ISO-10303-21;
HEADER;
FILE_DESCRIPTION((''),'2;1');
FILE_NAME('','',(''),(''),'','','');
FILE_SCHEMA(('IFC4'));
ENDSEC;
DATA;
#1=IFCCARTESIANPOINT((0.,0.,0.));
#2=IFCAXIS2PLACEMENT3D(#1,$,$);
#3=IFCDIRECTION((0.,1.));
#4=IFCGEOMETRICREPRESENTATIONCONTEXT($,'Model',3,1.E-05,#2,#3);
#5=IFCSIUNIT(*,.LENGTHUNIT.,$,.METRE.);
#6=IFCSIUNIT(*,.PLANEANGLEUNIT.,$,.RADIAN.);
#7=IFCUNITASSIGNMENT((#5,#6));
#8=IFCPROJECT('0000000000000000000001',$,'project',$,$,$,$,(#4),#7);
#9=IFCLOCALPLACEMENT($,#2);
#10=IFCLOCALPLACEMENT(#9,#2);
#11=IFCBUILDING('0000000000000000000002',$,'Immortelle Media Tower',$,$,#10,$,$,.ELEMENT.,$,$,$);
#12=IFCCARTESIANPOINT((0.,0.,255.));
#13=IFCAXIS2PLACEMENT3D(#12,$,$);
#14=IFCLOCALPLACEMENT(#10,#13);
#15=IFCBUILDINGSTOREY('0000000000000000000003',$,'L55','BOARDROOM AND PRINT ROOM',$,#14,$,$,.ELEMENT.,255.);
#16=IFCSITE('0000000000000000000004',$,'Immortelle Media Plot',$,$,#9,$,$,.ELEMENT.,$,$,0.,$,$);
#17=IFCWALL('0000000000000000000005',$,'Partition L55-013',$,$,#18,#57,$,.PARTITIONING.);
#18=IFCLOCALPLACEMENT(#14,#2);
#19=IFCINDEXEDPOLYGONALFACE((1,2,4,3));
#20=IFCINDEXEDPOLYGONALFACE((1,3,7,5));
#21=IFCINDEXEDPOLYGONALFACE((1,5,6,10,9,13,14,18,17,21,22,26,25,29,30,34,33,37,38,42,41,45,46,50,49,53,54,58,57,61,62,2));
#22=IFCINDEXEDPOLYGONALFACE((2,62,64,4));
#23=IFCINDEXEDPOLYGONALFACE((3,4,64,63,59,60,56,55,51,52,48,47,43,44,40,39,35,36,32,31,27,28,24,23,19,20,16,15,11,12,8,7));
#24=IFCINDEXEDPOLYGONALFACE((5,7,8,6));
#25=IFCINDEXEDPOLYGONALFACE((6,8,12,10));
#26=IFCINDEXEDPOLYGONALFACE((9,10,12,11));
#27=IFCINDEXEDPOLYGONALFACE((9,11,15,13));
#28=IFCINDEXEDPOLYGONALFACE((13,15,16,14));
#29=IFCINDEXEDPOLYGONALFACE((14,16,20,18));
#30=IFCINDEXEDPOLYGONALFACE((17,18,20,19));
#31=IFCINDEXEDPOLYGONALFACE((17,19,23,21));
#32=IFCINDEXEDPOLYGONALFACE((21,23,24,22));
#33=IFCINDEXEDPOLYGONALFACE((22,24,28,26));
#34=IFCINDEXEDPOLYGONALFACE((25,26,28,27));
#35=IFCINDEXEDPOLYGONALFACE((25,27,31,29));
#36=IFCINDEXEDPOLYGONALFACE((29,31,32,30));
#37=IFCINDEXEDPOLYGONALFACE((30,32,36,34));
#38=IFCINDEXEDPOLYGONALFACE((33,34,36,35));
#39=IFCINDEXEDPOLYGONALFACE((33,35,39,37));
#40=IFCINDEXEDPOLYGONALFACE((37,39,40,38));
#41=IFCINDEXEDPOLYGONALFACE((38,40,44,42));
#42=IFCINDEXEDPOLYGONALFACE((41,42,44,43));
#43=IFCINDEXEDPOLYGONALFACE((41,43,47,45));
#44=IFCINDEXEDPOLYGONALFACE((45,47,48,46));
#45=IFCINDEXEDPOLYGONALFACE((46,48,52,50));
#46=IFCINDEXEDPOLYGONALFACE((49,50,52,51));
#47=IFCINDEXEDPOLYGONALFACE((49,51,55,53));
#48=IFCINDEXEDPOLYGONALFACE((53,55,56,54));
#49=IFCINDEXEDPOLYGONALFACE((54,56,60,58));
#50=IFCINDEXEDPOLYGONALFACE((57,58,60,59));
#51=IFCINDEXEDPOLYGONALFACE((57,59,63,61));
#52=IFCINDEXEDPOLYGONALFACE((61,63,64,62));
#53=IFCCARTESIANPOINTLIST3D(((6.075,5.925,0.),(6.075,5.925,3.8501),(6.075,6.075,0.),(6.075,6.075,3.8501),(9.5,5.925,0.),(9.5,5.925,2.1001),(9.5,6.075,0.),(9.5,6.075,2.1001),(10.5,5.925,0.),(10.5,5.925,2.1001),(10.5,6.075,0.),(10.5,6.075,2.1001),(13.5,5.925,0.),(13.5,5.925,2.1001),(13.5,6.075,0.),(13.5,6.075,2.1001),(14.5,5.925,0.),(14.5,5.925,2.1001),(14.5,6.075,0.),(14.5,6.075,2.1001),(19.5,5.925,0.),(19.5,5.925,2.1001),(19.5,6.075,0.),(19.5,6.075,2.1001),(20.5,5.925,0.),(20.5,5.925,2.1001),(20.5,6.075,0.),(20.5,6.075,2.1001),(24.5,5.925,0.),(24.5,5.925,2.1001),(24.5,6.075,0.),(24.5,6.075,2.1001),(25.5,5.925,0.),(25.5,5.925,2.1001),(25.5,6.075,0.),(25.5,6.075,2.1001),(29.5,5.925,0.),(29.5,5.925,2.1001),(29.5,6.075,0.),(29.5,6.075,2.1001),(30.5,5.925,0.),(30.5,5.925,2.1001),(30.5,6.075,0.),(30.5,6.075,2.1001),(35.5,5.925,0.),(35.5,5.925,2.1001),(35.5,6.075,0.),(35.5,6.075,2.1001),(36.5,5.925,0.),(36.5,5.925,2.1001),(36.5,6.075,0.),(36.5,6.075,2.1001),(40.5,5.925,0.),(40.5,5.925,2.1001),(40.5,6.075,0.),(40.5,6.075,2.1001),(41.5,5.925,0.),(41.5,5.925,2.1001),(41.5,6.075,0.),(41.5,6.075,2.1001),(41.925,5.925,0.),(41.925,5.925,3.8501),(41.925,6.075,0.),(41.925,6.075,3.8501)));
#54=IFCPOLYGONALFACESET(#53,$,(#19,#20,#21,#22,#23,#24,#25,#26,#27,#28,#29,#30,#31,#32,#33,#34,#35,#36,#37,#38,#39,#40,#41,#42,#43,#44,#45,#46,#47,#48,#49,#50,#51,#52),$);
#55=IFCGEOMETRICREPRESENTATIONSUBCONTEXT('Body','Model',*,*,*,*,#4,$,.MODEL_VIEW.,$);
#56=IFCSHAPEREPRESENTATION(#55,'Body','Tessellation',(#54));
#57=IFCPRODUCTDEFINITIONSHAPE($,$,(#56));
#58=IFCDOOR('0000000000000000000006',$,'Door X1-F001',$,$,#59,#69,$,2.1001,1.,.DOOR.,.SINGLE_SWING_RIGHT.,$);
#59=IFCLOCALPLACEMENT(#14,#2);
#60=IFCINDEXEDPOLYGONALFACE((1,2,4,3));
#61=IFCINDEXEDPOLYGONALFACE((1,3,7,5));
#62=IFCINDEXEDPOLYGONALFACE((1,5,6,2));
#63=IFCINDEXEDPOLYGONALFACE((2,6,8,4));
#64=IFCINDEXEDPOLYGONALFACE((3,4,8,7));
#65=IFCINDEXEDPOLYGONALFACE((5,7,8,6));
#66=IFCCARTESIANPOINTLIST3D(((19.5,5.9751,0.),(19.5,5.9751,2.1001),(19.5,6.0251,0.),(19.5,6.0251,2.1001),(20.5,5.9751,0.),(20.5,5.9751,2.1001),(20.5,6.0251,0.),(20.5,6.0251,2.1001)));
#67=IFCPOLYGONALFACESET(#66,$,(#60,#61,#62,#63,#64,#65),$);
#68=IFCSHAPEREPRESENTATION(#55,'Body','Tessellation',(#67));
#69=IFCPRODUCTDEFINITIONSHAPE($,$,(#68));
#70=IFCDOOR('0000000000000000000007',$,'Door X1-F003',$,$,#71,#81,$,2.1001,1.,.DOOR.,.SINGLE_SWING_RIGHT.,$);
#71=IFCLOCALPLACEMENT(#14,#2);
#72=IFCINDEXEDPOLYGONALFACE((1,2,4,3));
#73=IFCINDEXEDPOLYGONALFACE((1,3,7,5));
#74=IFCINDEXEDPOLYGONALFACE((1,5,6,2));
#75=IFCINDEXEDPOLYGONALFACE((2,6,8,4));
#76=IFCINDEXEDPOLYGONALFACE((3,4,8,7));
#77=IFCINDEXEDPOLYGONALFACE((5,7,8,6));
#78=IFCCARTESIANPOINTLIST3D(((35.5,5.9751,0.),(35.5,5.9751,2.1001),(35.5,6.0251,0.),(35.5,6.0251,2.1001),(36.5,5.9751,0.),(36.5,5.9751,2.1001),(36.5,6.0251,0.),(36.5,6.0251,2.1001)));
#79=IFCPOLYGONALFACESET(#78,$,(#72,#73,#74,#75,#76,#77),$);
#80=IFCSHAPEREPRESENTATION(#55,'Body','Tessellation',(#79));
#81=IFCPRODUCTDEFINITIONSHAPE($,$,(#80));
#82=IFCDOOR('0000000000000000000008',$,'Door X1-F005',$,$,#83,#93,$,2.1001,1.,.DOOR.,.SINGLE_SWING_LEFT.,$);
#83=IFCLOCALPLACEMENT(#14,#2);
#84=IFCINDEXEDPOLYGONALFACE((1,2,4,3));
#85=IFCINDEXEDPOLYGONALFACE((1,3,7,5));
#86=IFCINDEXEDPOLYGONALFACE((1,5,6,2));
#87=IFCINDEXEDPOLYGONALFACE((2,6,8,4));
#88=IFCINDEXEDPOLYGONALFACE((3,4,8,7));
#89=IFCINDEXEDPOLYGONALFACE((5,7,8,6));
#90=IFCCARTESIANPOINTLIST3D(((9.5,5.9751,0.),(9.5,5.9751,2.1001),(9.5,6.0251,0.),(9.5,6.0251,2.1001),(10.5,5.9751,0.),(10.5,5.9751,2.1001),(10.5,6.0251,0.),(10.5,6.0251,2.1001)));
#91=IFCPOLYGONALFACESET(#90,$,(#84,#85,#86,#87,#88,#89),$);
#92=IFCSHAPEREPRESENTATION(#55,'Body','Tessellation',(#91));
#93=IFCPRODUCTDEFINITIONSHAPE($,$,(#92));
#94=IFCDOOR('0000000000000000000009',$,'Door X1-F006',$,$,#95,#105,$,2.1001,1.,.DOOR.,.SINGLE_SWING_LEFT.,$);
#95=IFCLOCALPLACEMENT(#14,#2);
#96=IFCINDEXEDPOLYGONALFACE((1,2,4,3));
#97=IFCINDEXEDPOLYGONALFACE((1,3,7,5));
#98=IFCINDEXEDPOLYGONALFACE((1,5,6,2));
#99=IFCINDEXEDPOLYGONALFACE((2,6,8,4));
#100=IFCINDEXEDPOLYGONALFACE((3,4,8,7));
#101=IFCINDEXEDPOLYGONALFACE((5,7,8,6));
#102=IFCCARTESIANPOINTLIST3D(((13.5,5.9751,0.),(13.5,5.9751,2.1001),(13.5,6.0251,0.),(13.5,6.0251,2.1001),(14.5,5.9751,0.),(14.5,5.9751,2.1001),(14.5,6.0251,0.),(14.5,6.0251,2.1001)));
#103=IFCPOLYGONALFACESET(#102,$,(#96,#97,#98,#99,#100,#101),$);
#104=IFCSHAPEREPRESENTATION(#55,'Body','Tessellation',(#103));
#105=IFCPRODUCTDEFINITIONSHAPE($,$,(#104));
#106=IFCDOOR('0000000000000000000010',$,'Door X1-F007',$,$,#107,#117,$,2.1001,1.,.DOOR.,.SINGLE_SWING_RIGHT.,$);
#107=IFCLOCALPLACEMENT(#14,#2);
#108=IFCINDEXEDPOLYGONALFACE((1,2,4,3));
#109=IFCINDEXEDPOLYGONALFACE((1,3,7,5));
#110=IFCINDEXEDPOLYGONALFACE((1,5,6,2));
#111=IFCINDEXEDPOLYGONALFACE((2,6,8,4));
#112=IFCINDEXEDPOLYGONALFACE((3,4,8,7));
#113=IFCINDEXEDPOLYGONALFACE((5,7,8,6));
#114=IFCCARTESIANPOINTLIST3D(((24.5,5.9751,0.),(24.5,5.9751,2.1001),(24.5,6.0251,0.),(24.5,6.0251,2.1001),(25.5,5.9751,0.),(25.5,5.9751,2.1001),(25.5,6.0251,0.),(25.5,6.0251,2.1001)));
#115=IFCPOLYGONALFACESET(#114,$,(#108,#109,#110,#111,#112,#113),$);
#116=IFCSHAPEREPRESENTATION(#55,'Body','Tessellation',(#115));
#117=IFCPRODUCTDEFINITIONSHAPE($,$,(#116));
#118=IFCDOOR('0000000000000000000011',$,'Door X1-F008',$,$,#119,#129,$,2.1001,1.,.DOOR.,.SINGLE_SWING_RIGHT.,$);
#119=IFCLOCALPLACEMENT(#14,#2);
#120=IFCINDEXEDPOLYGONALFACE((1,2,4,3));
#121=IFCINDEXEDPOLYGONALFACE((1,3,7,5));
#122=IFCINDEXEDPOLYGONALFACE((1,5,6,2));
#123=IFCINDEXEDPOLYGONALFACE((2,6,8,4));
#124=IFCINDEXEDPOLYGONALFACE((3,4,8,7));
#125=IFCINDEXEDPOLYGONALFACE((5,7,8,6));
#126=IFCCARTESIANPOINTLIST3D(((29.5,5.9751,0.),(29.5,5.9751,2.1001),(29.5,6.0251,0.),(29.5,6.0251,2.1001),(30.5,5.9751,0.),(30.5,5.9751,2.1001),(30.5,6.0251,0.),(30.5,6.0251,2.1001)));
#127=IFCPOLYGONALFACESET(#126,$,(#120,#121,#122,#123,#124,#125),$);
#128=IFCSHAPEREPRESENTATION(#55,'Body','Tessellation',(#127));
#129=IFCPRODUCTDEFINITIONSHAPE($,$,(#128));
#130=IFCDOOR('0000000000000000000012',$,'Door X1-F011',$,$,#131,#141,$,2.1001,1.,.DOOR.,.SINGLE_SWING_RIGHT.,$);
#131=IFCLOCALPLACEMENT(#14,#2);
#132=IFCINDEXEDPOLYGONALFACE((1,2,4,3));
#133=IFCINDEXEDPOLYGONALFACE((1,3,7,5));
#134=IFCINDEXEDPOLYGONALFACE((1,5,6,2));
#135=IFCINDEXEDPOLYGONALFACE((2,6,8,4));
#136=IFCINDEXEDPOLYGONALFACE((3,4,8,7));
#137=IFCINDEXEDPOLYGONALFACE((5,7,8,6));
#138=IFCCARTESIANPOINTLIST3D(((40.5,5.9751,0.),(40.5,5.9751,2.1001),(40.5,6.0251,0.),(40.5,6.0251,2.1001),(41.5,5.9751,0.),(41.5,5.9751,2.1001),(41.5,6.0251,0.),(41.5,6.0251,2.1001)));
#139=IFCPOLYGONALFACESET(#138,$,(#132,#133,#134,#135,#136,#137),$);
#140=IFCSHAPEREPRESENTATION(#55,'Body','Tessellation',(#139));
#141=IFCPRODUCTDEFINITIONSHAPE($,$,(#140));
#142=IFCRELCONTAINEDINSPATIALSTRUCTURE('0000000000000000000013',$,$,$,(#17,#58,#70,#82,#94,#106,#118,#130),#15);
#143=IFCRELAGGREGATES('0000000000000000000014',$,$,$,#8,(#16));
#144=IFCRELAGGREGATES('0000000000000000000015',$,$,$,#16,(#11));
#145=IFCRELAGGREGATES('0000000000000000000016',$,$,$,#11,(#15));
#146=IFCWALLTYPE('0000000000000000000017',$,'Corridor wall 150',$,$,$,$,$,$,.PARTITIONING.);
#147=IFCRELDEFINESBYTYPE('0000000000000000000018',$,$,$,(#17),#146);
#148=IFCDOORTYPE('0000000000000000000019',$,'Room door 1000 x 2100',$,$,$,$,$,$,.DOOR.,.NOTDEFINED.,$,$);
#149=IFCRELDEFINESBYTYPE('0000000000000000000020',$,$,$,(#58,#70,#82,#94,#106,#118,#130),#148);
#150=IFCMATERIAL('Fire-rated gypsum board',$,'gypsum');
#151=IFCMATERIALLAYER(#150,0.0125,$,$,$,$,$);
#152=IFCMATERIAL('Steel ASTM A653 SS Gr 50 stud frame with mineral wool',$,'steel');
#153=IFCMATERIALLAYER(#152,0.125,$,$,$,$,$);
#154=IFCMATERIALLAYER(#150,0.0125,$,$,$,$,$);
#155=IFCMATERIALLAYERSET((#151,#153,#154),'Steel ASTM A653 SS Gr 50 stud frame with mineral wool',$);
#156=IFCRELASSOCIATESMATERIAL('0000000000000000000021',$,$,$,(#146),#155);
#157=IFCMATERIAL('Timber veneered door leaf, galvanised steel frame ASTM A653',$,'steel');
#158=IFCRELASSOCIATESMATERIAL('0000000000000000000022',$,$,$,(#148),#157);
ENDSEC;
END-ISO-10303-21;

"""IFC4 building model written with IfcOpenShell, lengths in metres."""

from ifc_helpers import new_model, si_unit, direction, frame, frame_2d, origin, place, context, subcontext, project, spatial, rectangle, extrude, material, layer, layer_set, type_object, element, fill, save


model = new_model("IFC4")

# Units and contexts
model_context = context("Model", 3, precision=1e-05, world=origin(), true_north=direction((0.0, 1.0)))
body_context = subcontext(model_context, "Body", "Model", "MODEL_VIEW")
ifc_project = project(units=[si_unit("LENGTHUNIT", "METRE"), si_unit("PLANEANGLEUNIT", "RADIAN")], contexts=[model_context])

# Site, building, storey
site_placement = place(None, origin())
site = spatial("IfcSite", under=ifc_project, at=site_placement, Name="Immortelle Media Plot", CompositionType="ELEMENT", RefElevation=0.0)
building_placement = place(site_placement, origin())
building = spatial("IfcBuilding", under=site, at=building_placement, Name="Immortelle Media Tower", CompositionType="ELEMENT")
storey_placement = place(building_placement, frame((0.0, 0.0, 255.0)))
storey = spatial("IfcBuildingStorey", under=building, at=storey_placement, Name="L55", Description="BOARDROOM AND PRINT ROOM", CompositionType="ELEMENT", Elevation=255.0)

# Wall, openings, doors
ifc_material_1 = material(Name="Fire-rated gypsum board", Category="gypsum")
ifc_layer_1 = layer(ifc_material_1, 0.0125)
ifc_material_2 = material(Name="Steel ASTM A653 SS Gr 50 stud frame with mineral wool", Category="steel")
ifc_layer_2 = layer(ifc_material_2, 0.125)
ifc_layer_3 = layer(ifc_material_1, 0.0125)
ifc_layer_set_1 = layer_set([ifc_layer_1, ifc_layer_2, ifc_layer_3], Name="Steel ASTM A653 SS Gr 50 stud frame with mineral wool")
wall_type_1 = type_object("IfcWallType", Name="Corridor wall 150", PredefinedType="PARTITIONING", material=ifc_layer_set_1)
wall_1_placement = place(storey_placement, frame((6.075, 6.0, 0.0), z_axis=(0.0, 0.0, 1.0), x_axis=(1.0, 0.0, 0.0)))
wall_1 = element("IfcWall", 1, at=wall_1_placement, inside=storey, type_object=wall_type_1, Name="Partition L55-013", PredefinedType="PARTITIONING", context=body_context, shape_type="SweptSolid", body=[
    extrude(rectangle(XDim=35.8501, YDim=0.1499, at=frame_2d((17.925, 0.0))), origin(), (0.0, 0.0, 1.0), 3.8501),
])
opening_1_placement = place(wall_1_placement, frame((14.425, 0.0, 0.0), z_axis=(0.0, 0.0, 1.0), x_axis=(-1.0, 0.0, 0.0)))
opening_1 = element("IfcOpeningElement", 2, at=opening_1_placement, cuts=wall_1, PredefinedType="OPENING", context=body_context, shape_type="SweptSolid", body=[
    extrude(rectangle(XDim=1.0, YDim=2.1001, at=frame_2d((0.5, 1.05))), frame((0.0, 0.085, 0.0), z_axis=(0.0, -1.0, 0.0), x_axis=(1.0, 0.0, 0.0)), (0.0, 0.0, 1.0), 0.1699),
])
opening_2_placement = place(wall_1_placement, frame((30.425, 0.0, 0.0), z_axis=(0.0, 0.0, 1.0), x_axis=(-1.0, 0.0, 0.0)))
opening_2 = element("IfcOpeningElement", 3, at=opening_2_placement, cuts=wall_1, PredefinedType="OPENING", context=body_context, shape_type="SweptSolid", body=[
    extrude(rectangle(XDim=1.0, YDim=2.1001, at=frame_2d((0.5, 1.05))), frame((0.0, 0.085, 0.0), z_axis=(0.0, -1.0, 0.0), x_axis=(1.0, 0.0, 0.0)), (0.0, 0.0, 1.0), 0.1699),
])
opening_3_placement = place(wall_1_placement, frame((4.425, 0.0, 0.0), z_axis=(0.0, 0.0, 1.0), x_axis=(-1.0, 0.0, 0.0)))
opening_3 = element("IfcOpeningElement", 4, at=opening_3_placement, cuts=wall_1, PredefinedType="OPENING", context=body_context, shape_type="SweptSolid", body=[
    extrude(rectangle(XDim=1.0, YDim=2.1001, at=frame_2d((0.5, 1.05))), frame((0.0, 0.085, 0.0), z_axis=(0.0, -1.0, 0.0), x_axis=(1.0, 0.0, 0.0)), (0.0, 0.0, 1.0), 0.1699),
])
opening_4_placement = place(wall_1_placement, frame((8.425, 0.0, 0.0), z_axis=(0.0, 0.0, 1.0), x_axis=(-1.0, 0.0, 0.0)))
opening_4 = element("IfcOpeningElement", 5, at=opening_4_placement, cuts=wall_1, PredefinedType="OPENING", context=body_context, shape_type="SweptSolid", body=[
    extrude(rectangle(XDim=1.0, YDim=2.1001, at=frame_2d((0.5, 1.05))), frame((0.0, 0.085, 0.0), z_axis=(0.0, -1.0, 0.0), x_axis=(1.0, 0.0, 0.0)), (0.0, 0.0, 1.0), 0.1699),
])
opening_5_placement = place(wall_1_placement, frame((19.425, 0.0, 0.0), z_axis=(0.0, 0.0, 1.0), x_axis=(-1.0, 0.0, 0.0)))
opening_5 = element("IfcOpeningElement", 6, at=opening_5_placement, cuts=wall_1, PredefinedType="OPENING", context=body_context, shape_type="SweptSolid", body=[
    extrude(rectangle(XDim=1.0, YDim=2.1001, at=frame_2d((0.5, 1.05))), frame((0.0, 0.085, 0.0), z_axis=(0.0, -1.0, 0.0), x_axis=(1.0, 0.0, 0.0)), (0.0, 0.0, 1.0), 0.1699),
])
opening_6_placement = place(wall_1_placement, frame((24.425, 0.0, 0.0), z_axis=(0.0, 0.0, 1.0), x_axis=(-1.0, 0.0, 0.0)))
opening_6 = element("IfcOpeningElement", 7, at=opening_6_placement, cuts=wall_1, PredefinedType="OPENING", context=body_context, shape_type="SweptSolid", body=[
    extrude(rectangle(XDim=1.0, YDim=2.1001, at=frame_2d((0.5, 1.05))), frame((0.0, 0.085, 0.0), z_axis=(0.0, -1.0, 0.0), x_axis=(1.0, 0.0, 0.0)), (0.0, 0.0, 1.0), 0.1699),
])
opening_7_placement = place(wall_1_placement, frame((35.425, 0.0, 0.0), z_axis=(0.0, 0.0, 1.0), x_axis=(-1.0, 0.0, 0.0)))
opening_7 = element("IfcOpeningElement", 8, at=opening_7_placement, cuts=wall_1, PredefinedType="OPENING", context=body_context, shape_type="SweptSolid", body=[
    extrude(rectangle(XDim=1.0, YDim=2.1001, at=frame_2d((0.5, 1.05))), frame((0.0, 0.085, 0.0), z_axis=(0.0, -1.0, 0.0), x_axis=(1.0, 0.0, 0.0)), (0.0, 0.0, 1.0), 0.1699),
])
ifc_material_3 = material(Name="Timber veneered door leaf, galvanised steel frame ASTM A653", Category="steel")
door_type = type_object("IfcDoorType", Name="Room door 1000 x 2100", OperationType="NOTDEFINED", PredefinedType="DOOR", material=ifc_material_3)
door_1_placement = place(opening_1_placement, origin())
door_1 = element("IfcDoor", 9, at=door_1_placement, inside=storey, type_object=door_type, Name="Door X1-F001", OperationType="SINGLE_SWING_RIGHT", OverallHeight=2.1001, OverallWidth=1.0, PredefinedType="DOOR", context=body_context, shape_type="SweptSolid", body=[
    extrude(rectangle(XDim=1.0, YDim=2.1001, at=frame_2d((0.5, 1.05))), frame((0.0, 0.0249, 0.0), z_axis=(0.0, -1.0, 0.0), x_axis=(1.0, 0.0, 0.0)), (0.0, 0.0, 1.0), 0.05),
])
fill(opening_1, door_1)
door_2_placement = place(opening_2_placement, origin())
door_2 = element("IfcDoor", 10, at=door_2_placement, inside=storey, type_object=door_type, Name="Door X1-F003", OperationType="SINGLE_SWING_RIGHT", OverallHeight=2.1001, OverallWidth=1.0, PredefinedType="DOOR", context=body_context, shape_type="SweptSolid", body=[
    extrude(rectangle(XDim=1.0, YDim=2.1001, at=frame_2d((0.5, 1.05))), frame((0.0, 0.0249, 0.0), z_axis=(0.0, -1.0, 0.0), x_axis=(1.0, 0.0, 0.0)), (0.0, 0.0, 1.0), 0.05),
])
fill(opening_2, door_2)
door_3_placement = place(opening_3_placement, origin())
door_3 = element("IfcDoor", 11, at=door_3_placement, inside=storey, type_object=door_type, Name="Door X1-F005", OperationType="SINGLE_SWING_LEFT", OverallHeight=2.1001, OverallWidth=1.0, PredefinedType="DOOR", context=body_context, shape_type="SweptSolid", body=[
    extrude(rectangle(XDim=1.0, YDim=2.1001, at=frame_2d((0.5, 1.05))), frame((0.0, 0.0249, 0.0), z_axis=(0.0, -1.0, 0.0), x_axis=(1.0, 0.0, 0.0)), (0.0, 0.0, 1.0), 0.05),
])
fill(opening_3, door_3)
door_4_placement = place(opening_4_placement, origin())
door_4 = element("IfcDoor", 12, at=door_4_placement, inside=storey, type_object=door_type, Name="Door X1-F006", OperationType="SINGLE_SWING_LEFT", OverallHeight=2.1001, OverallWidth=1.0, PredefinedType="DOOR", context=body_context, shape_type="SweptSolid", body=[
    extrude(rectangle(XDim=1.0, YDim=2.1001, at=frame_2d((0.5, 1.05))), frame((0.0, 0.0249, 0.0), z_axis=(0.0, -1.0, 0.0), x_axis=(1.0, 0.0, 0.0)), (0.0, 0.0, 1.0), 0.05),
])
fill(opening_4, door_4)
door_5_placement = place(opening_5_placement, origin())
door_5 = element("IfcDoor", 13, at=door_5_placement, inside=storey, type_object=door_type, Name="Door X1-F007", OperationType="SINGLE_SWING_RIGHT", OverallHeight=2.1001, OverallWidth=1.0, PredefinedType="DOOR", context=body_context, shape_type="SweptSolid", body=[
    extrude(rectangle(XDim=1.0, YDim=2.1001, at=frame_2d((0.5, 1.05))), frame((0.0, 0.0249, 0.0), z_axis=(0.0, -1.0, 0.0), x_axis=(1.0, 0.0, 0.0)), (0.0, 0.0, 1.0), 0.05),
])
fill(opening_5, door_5)
door_6_placement = place(opening_6_placement, origin())
door_6 = element("IfcDoor", 14, at=door_6_placement, inside=storey, type_object=door_type, Name="Door X1-F008", OperationType="SINGLE_SWING_RIGHT", OverallHeight=2.1001, OverallWidth=1.0, PredefinedType="DOOR", context=body_context, shape_type="SweptSolid", body=[
    extrude(rectangle(XDim=1.0, YDim=2.1001, at=frame_2d((0.5, 1.05))), frame((0.0, 0.0249, 0.0), z_axis=(0.0, -1.0, 0.0), x_axis=(1.0, 0.0, 0.0)), (0.0, 0.0, 1.0), 0.05),
])
fill(opening_6, door_6)
door_7_placement = place(opening_7_placement, origin())
door_7 = element("IfcDoor", 15, at=door_7_placement, inside=storey, type_object=door_type, Name="Door X1-F011", OperationType="SINGLE_SWING_RIGHT", OverallHeight=2.1001, OverallWidth=1.0, PredefinedType="DOOR", context=body_context, shape_type="SweptSolid", body=[
    extrude(rectangle(XDim=1.0, YDim=2.1001, at=frame_2d((0.5, 1.05))), frame((0.0, 0.0249, 0.0), z_axis=(0.0, -1.0, 0.0), x_axis=(1.0, 0.0, 0.0)), (0.0, 0.0, 1.0), 0.05),
])
fill(opening_7, door_7)

save(model, "model.ifc")
